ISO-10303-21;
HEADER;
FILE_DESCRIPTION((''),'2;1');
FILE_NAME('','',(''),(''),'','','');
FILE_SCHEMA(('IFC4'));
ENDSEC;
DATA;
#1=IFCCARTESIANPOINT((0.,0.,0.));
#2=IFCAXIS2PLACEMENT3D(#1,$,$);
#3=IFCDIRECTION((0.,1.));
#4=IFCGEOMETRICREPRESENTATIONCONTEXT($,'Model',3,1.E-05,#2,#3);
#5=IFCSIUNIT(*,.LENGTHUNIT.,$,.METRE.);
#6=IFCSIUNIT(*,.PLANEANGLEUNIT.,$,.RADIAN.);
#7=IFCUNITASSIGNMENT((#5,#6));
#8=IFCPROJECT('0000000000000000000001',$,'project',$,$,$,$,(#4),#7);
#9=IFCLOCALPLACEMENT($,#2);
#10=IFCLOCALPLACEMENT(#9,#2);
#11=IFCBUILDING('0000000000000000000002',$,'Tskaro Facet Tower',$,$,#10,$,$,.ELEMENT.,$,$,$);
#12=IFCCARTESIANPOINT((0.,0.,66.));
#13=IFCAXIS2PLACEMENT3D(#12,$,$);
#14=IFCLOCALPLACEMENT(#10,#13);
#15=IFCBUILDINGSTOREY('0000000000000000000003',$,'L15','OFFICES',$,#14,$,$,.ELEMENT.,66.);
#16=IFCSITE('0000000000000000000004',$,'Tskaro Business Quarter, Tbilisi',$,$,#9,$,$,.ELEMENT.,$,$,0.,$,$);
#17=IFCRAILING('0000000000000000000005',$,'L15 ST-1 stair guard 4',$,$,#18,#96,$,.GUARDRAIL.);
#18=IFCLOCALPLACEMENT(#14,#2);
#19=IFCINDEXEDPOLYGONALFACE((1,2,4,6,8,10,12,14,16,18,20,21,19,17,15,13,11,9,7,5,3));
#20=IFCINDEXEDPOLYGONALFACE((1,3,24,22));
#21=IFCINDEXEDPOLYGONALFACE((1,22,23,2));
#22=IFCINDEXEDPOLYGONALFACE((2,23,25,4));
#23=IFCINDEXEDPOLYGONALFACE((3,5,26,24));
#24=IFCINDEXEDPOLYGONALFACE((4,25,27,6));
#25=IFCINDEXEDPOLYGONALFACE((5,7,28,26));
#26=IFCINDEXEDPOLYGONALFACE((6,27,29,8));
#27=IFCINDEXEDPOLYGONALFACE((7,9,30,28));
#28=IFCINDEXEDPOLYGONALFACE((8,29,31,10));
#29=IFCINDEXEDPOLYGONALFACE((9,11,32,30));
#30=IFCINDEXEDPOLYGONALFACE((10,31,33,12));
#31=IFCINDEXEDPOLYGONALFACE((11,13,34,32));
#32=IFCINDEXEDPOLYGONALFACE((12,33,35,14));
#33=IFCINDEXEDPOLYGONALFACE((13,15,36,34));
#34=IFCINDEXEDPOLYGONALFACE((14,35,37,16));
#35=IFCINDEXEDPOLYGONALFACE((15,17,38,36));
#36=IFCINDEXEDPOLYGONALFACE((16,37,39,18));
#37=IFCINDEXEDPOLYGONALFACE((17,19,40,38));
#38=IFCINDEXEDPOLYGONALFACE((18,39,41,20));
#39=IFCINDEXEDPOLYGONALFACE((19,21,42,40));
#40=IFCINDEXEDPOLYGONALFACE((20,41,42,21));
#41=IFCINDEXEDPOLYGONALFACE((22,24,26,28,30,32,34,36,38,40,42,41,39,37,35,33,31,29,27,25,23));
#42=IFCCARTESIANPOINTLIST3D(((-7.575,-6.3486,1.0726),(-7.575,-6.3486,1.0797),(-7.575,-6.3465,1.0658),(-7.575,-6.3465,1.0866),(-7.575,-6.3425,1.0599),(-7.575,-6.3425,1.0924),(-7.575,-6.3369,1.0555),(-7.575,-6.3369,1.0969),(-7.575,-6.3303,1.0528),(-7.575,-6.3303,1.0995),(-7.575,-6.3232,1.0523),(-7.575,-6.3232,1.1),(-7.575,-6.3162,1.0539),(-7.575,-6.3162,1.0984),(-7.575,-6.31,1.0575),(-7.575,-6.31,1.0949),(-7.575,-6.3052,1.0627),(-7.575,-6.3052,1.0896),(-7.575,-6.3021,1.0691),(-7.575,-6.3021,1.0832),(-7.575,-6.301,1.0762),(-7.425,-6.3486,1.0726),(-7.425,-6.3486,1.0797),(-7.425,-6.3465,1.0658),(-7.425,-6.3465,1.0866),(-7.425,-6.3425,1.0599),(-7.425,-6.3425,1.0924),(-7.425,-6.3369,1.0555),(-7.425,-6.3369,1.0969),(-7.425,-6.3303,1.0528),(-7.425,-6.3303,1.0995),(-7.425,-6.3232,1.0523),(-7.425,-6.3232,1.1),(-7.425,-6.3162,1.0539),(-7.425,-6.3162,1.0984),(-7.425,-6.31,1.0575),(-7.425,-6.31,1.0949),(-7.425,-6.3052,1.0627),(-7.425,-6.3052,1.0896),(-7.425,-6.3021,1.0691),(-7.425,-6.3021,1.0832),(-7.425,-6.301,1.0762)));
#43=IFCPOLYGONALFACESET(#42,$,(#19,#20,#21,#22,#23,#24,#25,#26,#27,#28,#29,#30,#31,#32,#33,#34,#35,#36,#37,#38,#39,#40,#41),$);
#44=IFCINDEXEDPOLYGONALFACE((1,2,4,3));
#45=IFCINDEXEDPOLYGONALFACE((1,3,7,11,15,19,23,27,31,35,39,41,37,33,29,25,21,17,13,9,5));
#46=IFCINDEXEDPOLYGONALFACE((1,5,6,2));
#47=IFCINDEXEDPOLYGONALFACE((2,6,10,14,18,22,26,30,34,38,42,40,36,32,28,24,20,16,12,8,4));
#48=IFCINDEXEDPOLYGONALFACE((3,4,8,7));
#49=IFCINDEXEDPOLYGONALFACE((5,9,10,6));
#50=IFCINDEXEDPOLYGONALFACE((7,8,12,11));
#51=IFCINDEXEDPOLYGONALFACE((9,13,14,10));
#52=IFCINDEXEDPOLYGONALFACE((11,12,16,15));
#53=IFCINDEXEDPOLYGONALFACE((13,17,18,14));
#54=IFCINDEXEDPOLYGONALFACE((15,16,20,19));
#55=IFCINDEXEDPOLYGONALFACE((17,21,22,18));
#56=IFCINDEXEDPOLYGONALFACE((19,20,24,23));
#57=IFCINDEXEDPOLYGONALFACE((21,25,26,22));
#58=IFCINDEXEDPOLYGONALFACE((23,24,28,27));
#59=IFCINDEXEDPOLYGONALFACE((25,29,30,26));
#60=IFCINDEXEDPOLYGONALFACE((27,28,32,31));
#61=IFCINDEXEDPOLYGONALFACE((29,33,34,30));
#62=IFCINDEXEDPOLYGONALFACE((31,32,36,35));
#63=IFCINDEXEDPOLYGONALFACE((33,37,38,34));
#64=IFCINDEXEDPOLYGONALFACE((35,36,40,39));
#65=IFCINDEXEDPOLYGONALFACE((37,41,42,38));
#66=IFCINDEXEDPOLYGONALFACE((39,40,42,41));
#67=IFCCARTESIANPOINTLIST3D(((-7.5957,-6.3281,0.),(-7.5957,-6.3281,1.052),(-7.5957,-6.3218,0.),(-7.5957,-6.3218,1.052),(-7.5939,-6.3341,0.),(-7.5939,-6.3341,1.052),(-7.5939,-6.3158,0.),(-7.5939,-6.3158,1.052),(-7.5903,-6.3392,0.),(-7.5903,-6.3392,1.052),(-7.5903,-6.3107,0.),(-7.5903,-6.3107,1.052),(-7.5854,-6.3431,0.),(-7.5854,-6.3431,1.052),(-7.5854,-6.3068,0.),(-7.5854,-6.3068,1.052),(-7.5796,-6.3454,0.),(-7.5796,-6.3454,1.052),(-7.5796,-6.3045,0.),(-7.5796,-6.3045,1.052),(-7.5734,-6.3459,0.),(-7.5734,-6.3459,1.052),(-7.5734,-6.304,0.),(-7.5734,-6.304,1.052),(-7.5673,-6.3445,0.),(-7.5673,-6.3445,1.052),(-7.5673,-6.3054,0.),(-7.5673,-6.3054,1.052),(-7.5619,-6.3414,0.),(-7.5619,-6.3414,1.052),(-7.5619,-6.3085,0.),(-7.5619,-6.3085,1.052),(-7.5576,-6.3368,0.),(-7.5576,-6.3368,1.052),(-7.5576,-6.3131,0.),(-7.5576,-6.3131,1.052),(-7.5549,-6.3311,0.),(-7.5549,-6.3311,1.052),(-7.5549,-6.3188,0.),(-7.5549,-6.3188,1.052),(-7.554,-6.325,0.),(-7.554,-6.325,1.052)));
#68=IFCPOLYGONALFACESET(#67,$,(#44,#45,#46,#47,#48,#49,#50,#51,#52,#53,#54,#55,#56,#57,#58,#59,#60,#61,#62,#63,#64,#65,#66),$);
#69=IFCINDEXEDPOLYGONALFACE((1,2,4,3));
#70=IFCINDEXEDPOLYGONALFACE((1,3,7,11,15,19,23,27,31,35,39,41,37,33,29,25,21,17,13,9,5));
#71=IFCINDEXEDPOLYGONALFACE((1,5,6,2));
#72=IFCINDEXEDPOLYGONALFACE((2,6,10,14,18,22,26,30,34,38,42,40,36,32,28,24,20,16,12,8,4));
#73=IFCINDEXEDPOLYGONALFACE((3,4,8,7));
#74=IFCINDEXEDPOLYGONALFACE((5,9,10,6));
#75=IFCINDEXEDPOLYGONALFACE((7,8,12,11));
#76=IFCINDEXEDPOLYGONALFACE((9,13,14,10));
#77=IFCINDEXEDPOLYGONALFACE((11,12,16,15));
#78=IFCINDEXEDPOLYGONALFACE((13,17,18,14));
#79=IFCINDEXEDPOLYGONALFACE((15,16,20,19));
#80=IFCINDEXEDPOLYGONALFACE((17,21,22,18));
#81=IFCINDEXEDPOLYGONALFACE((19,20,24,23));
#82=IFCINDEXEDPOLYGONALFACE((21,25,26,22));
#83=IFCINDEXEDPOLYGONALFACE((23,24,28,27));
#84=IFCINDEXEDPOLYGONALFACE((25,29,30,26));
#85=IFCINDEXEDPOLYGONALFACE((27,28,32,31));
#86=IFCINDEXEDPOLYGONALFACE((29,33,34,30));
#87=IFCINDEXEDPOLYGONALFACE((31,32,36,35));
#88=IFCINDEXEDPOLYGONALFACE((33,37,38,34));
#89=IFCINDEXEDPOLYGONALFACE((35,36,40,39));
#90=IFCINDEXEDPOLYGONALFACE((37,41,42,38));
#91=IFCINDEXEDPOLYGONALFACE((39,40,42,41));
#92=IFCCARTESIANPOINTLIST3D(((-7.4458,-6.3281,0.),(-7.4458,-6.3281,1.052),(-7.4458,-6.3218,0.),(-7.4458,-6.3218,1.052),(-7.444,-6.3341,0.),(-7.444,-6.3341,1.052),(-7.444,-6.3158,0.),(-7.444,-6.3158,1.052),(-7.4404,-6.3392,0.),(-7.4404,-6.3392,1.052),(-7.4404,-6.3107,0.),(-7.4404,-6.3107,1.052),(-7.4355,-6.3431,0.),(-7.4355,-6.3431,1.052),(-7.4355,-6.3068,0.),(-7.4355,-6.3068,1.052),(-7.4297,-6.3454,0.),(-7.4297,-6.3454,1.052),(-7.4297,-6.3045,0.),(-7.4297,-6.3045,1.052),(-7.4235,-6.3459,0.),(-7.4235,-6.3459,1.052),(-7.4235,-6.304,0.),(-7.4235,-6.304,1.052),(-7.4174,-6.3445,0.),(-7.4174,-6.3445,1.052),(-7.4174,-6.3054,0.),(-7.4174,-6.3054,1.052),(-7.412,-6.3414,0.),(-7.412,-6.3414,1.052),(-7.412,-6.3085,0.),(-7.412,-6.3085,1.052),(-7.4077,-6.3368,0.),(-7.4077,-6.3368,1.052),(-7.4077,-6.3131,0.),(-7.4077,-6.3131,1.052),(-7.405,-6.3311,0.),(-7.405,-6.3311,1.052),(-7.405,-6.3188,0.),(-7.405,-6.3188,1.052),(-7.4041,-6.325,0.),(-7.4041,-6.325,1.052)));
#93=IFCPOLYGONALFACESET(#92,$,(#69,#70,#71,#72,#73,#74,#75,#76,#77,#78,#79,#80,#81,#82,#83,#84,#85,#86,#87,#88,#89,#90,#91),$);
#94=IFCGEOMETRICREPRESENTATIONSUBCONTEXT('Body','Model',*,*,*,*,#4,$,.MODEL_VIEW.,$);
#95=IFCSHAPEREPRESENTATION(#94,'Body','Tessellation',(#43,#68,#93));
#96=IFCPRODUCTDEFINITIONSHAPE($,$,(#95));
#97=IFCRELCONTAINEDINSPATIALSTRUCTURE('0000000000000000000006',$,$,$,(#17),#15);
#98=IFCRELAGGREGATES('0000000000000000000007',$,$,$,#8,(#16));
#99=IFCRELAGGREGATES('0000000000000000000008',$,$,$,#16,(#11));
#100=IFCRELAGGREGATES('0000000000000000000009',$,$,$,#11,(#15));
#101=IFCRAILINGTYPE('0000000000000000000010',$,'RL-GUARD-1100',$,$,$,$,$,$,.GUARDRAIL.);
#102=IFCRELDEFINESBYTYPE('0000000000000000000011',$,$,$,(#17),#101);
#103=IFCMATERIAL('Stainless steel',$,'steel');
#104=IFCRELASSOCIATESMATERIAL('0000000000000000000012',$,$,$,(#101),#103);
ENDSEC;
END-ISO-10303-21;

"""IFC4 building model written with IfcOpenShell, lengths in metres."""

from ifc_helpers import new_model, si_unit, direction, frame, origin, origin_2d, place, context, subcontext, project, spatial, circle, extrude, material, type_object, element, save


model = new_model("IFC4")

# Units and contexts
model_context = context("Model", 3, precision=1e-05, world=origin(), true_north=direction((0.0, 1.0)))
body_context = subcontext(model_context, "Body", "Model", "MODEL_VIEW")
ifc_project = project(units=[si_unit("LENGTHUNIT", "METRE"), si_unit("PLANEANGLEUNIT", "RADIAN")], contexts=[model_context])

# Site, building, storey
site_placement = place(None, origin())
site = spatial("IfcSite", under=ifc_project, at=site_placement, Name="Tskaro Business Quarter, Tbilisi", CompositionType="ELEMENT", RefElevation=0.0)
building_placement = place(site_placement, origin())
building = spatial("IfcBuilding", under=site, at=building_placement, Name="Tskaro Facet Tower", CompositionType="ELEMENT")
storey_placement = place(building_placement, frame((0.0, 0.0, 66.0)))
storey = spatial("IfcBuildingStorey", under=building, at=storey_placement, Name="L15", Description="OFFICES", CompositionType="ELEMENT", Elevation=66.0)

# Shared definitions
ifc_material_1 = material(Name="Stainless steel", Category="steel")

# Railing
railing_type_1 = type_object("IfcRailingType", Name="RL-GUARD-1100", PredefinedType="GUARDRAIL", material=ifc_material_1)
railing_1_placement = place(storey_placement, frame((-7.575, -6.325, 0.0)))
element("IfcRailing", 1, at=railing_1_placement, inside=storey, type_object=railing_type_1, Name="L15 ST-1 stair guard 4", PredefinedType="GUARDRAIL", context=body_context, shape_type="SweptSolid", body=[
    extrude(circle(Radius=0.0239, at=origin_2d()), frame((0.0, 0.0, 1.0762), z_axis=(1.0, 0.0, 0.0), x_axis=(0.0, 1.0, 0.0)), (0.0, 0.0, 1.0), 0.1499),
    extrude(circle(Radius=0.021, at=origin_2d()), origin(), (0.0, 0.0, 1.0), 1.052),
    extrude(circle(Radius=0.021, at=origin_2d()), frame((0.1499, 0.0, 0.0)), (0.0, 0.0, 1.0), 1.052),
])

save(model, "model.ifc")
